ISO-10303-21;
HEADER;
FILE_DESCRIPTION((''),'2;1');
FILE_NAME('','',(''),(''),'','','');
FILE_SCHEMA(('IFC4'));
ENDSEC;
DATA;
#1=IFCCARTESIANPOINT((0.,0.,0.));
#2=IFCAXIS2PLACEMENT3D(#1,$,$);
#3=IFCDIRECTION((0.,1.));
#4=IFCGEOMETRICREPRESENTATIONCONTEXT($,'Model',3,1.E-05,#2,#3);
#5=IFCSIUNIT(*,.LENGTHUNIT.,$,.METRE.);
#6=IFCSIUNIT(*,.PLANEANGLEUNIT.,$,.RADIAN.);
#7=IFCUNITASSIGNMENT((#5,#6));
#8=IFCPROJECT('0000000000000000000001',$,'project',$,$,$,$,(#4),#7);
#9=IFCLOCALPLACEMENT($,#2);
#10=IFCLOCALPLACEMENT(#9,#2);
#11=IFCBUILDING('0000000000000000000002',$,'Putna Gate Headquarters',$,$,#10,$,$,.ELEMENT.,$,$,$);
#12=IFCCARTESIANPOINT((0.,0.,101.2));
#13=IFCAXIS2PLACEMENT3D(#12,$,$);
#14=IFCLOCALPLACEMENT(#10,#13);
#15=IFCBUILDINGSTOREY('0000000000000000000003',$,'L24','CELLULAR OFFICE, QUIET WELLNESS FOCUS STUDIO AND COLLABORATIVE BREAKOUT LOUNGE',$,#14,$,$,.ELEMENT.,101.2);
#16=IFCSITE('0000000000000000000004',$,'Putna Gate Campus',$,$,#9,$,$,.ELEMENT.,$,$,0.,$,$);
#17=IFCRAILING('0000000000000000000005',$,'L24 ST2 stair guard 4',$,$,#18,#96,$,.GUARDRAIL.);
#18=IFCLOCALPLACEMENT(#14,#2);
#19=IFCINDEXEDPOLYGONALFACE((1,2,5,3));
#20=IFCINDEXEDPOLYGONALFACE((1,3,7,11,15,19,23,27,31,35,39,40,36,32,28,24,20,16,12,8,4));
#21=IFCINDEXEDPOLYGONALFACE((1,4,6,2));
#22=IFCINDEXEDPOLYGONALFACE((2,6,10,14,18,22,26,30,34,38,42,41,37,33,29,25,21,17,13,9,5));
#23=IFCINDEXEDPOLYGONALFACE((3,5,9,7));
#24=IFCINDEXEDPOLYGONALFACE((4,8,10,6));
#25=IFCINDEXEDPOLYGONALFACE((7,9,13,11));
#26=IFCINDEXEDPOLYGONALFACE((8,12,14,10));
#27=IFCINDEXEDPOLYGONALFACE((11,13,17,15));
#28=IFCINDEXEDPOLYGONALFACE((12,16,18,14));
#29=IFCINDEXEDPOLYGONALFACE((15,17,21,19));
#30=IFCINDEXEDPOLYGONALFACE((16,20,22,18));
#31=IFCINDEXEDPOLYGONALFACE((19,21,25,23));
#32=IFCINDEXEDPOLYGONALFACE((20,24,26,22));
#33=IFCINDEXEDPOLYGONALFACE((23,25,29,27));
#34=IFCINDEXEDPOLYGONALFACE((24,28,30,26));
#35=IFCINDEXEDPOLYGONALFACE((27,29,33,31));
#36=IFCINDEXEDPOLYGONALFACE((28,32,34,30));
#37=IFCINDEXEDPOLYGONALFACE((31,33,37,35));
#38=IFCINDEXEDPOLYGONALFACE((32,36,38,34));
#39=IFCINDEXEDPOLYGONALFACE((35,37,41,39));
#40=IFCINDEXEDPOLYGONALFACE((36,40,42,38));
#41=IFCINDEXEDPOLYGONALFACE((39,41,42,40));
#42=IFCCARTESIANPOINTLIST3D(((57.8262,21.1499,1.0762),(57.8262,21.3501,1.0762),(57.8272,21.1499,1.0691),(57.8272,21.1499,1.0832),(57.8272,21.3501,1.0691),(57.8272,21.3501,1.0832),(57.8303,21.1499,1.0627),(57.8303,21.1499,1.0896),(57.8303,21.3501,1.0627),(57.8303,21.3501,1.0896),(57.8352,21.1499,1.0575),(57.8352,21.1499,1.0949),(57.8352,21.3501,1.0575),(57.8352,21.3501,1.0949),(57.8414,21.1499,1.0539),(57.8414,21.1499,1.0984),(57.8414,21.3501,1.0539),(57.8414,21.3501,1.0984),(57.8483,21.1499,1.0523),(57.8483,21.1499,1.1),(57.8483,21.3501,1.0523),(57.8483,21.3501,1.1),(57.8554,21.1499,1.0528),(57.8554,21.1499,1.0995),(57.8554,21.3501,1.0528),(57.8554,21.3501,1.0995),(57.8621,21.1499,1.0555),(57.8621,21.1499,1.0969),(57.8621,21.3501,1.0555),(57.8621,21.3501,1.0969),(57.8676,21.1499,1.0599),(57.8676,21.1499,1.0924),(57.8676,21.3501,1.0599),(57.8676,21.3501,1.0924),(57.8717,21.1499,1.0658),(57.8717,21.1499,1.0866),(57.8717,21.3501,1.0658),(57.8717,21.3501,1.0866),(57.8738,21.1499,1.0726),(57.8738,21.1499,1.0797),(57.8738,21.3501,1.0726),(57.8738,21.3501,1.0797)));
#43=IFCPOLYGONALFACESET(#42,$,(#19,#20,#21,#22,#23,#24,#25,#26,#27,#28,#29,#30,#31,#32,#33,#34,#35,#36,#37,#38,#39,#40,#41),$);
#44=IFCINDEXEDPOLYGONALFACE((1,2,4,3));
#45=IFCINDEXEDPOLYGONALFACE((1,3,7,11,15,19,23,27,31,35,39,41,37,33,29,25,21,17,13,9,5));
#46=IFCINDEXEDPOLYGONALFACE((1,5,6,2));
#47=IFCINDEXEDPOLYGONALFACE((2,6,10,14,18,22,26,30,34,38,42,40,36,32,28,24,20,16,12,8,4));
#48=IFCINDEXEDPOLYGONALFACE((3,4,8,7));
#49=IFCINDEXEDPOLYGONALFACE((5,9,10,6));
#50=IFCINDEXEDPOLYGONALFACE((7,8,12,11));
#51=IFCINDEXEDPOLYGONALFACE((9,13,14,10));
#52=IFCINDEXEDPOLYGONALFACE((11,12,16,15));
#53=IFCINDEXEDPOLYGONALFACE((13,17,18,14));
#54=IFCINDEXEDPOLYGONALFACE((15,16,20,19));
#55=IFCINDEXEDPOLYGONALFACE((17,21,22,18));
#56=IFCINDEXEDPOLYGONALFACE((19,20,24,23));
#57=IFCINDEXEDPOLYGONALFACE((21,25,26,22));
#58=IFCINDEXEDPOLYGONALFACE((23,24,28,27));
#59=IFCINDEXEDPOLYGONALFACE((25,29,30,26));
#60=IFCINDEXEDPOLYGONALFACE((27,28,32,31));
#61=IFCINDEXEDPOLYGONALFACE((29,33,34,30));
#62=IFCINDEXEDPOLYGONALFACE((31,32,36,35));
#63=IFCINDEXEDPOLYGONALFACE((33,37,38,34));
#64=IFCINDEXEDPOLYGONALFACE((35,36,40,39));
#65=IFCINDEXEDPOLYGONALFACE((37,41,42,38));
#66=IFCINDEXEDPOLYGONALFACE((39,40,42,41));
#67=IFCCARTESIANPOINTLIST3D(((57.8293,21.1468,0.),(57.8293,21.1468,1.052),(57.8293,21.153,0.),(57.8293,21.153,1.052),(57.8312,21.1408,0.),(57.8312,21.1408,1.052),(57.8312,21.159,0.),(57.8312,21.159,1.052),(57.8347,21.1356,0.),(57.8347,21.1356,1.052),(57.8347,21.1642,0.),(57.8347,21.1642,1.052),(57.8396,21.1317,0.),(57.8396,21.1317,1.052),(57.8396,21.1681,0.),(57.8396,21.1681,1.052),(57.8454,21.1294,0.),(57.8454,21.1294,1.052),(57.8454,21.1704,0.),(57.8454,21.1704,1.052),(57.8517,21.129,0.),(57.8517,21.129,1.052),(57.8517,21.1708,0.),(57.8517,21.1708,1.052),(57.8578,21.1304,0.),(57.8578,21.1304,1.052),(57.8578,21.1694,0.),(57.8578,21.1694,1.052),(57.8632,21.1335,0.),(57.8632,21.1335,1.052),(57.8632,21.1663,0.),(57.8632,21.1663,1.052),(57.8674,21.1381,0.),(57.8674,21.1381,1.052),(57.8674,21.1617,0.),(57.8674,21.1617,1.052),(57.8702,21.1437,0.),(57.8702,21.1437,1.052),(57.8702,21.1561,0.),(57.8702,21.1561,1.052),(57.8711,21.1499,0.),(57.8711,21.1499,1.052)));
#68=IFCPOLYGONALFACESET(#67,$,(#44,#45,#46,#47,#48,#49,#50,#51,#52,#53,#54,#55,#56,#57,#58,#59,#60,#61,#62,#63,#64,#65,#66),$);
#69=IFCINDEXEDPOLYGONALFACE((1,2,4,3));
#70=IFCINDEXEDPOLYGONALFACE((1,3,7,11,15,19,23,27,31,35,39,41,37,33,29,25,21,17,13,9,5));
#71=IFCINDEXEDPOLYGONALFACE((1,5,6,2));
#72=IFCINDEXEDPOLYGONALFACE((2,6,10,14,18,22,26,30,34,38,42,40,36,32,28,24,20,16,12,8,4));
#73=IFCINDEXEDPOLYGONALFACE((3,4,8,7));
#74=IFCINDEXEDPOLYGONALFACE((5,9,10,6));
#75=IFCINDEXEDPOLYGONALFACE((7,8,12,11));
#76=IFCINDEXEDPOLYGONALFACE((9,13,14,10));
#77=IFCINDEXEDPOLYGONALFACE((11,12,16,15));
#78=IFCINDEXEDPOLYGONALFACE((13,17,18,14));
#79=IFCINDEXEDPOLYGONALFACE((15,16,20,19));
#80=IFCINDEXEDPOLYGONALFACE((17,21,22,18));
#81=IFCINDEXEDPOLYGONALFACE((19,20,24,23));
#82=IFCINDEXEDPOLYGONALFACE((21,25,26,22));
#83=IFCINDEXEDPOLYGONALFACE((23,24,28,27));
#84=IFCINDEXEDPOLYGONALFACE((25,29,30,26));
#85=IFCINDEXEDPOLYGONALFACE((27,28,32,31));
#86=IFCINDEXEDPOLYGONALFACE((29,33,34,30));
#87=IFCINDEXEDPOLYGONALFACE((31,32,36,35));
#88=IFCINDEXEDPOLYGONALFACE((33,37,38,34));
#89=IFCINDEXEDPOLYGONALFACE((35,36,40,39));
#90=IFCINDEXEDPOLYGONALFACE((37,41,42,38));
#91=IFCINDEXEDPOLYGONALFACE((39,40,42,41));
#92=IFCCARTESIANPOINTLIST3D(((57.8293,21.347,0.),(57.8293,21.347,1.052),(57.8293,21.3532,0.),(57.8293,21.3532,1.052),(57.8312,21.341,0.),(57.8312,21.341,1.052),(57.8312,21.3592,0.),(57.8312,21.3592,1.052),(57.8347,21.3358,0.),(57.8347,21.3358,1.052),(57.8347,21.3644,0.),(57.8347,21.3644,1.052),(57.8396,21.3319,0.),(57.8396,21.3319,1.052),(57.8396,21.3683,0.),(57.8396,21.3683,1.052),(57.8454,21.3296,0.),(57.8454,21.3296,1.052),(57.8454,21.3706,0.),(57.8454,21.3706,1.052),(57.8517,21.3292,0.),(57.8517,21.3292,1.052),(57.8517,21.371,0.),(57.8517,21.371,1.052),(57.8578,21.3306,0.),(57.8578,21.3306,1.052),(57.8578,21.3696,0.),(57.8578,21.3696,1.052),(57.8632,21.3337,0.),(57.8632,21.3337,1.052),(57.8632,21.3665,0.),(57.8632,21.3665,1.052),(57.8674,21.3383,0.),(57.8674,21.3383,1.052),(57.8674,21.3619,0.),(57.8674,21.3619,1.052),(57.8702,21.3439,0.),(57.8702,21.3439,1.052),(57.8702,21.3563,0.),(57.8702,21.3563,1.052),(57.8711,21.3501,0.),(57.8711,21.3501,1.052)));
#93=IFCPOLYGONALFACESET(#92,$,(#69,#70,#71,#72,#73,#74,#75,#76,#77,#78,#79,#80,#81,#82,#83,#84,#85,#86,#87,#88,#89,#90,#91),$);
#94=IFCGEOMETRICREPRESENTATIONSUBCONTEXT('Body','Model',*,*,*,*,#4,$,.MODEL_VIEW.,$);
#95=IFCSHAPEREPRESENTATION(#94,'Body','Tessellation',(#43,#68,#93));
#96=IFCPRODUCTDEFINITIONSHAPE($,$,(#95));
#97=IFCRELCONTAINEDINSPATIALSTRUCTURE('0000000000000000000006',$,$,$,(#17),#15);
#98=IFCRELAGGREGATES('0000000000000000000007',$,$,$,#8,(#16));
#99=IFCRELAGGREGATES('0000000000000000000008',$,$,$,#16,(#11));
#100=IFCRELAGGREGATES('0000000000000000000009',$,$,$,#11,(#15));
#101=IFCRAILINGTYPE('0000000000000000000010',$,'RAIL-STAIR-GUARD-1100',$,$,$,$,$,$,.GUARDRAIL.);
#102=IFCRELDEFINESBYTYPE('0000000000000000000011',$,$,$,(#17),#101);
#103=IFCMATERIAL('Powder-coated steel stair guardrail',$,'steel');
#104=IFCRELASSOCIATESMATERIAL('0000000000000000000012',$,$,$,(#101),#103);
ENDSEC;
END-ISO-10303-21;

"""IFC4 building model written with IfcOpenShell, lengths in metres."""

from ifc_helpers import new_model, si_unit, direction, frame, origin, origin_2d, place, context, subcontext, project, spatial, circle, extrude, material, type_object, element, save


model = new_model("IFC4")

# Units and contexts
model_context = context("Model", 3, precision=1e-05, world=origin(), true_north=direction((0.0, 1.0)))
body_context = subcontext(model_context, "Body", "Model", "MODEL_VIEW")
ifc_project = project(units=[si_unit("LENGTHUNIT", "METRE"), si_unit("PLANEANGLEUNIT", "RADIAN")], contexts=[model_context])

# Site, building, storey
site_placement = place(None, origin())
site = spatial("IfcSite", under=ifc_project, at=site_placement, Name="Putna Gate Campus", CompositionType="ELEMENT", RefElevation=0.0)
building_placement = place(site_placement, origin())
building = spatial("IfcBuilding", under=site, at=building_placement, Name="Putna Gate Headquarters", CompositionType="ELEMENT")
storey_placement = place(building_placement, frame((0.0, 0.0, 101.2)))
storey = spatial("IfcBuildingStorey", under=building, at=storey_placement, Name="L24", Description="CELLULAR OFFICE, QUIET WELLNESS FOCUS STUDIO AND COLLABORATIVE BREAKOUT LOUNGE", CompositionType="ELEMENT", Elevation=101.2)

# Railing
ifc_material_1 = material(Name="Powder-coated steel stair guardrail", Category="steel")
railing_type_1 = type_object("IfcRailingType", Name="RAIL-STAIR-GUARD-1100", PredefinedType="GUARDRAIL", material=ifc_material_1)
railing_1_placement = place(storey_placement, frame((57.8501, 21.1499, 0.0)))
element("IfcRailing", 1, at=railing_1_placement, inside=storey, type_object=railing_type_1, Name="L24 ST2 stair guard 4", PredefinedType="GUARDRAIL", context=body_context, shape_type="SweptSolid", body=[
    extrude(circle(Radius=0.0239, at=origin_2d()), frame((0.0, 0.0, 1.0762), z_axis=(0.0, 1.0, 0.0), x_axis=(-1.0, 0.0, 0.0)), (0.0, 0.0, 1.0), 0.2002),
    extrude(circle(Radius=0.021, at=origin_2d()), origin(), (0.0, 0.0, 1.0), 1.052),
    extrude(circle(Radius=0.021, at=origin_2d()), frame((0.0, 0.2002, 0.0)), (0.0, 0.0, 1.0), 1.052),
])

save(model, "model.ifc")
